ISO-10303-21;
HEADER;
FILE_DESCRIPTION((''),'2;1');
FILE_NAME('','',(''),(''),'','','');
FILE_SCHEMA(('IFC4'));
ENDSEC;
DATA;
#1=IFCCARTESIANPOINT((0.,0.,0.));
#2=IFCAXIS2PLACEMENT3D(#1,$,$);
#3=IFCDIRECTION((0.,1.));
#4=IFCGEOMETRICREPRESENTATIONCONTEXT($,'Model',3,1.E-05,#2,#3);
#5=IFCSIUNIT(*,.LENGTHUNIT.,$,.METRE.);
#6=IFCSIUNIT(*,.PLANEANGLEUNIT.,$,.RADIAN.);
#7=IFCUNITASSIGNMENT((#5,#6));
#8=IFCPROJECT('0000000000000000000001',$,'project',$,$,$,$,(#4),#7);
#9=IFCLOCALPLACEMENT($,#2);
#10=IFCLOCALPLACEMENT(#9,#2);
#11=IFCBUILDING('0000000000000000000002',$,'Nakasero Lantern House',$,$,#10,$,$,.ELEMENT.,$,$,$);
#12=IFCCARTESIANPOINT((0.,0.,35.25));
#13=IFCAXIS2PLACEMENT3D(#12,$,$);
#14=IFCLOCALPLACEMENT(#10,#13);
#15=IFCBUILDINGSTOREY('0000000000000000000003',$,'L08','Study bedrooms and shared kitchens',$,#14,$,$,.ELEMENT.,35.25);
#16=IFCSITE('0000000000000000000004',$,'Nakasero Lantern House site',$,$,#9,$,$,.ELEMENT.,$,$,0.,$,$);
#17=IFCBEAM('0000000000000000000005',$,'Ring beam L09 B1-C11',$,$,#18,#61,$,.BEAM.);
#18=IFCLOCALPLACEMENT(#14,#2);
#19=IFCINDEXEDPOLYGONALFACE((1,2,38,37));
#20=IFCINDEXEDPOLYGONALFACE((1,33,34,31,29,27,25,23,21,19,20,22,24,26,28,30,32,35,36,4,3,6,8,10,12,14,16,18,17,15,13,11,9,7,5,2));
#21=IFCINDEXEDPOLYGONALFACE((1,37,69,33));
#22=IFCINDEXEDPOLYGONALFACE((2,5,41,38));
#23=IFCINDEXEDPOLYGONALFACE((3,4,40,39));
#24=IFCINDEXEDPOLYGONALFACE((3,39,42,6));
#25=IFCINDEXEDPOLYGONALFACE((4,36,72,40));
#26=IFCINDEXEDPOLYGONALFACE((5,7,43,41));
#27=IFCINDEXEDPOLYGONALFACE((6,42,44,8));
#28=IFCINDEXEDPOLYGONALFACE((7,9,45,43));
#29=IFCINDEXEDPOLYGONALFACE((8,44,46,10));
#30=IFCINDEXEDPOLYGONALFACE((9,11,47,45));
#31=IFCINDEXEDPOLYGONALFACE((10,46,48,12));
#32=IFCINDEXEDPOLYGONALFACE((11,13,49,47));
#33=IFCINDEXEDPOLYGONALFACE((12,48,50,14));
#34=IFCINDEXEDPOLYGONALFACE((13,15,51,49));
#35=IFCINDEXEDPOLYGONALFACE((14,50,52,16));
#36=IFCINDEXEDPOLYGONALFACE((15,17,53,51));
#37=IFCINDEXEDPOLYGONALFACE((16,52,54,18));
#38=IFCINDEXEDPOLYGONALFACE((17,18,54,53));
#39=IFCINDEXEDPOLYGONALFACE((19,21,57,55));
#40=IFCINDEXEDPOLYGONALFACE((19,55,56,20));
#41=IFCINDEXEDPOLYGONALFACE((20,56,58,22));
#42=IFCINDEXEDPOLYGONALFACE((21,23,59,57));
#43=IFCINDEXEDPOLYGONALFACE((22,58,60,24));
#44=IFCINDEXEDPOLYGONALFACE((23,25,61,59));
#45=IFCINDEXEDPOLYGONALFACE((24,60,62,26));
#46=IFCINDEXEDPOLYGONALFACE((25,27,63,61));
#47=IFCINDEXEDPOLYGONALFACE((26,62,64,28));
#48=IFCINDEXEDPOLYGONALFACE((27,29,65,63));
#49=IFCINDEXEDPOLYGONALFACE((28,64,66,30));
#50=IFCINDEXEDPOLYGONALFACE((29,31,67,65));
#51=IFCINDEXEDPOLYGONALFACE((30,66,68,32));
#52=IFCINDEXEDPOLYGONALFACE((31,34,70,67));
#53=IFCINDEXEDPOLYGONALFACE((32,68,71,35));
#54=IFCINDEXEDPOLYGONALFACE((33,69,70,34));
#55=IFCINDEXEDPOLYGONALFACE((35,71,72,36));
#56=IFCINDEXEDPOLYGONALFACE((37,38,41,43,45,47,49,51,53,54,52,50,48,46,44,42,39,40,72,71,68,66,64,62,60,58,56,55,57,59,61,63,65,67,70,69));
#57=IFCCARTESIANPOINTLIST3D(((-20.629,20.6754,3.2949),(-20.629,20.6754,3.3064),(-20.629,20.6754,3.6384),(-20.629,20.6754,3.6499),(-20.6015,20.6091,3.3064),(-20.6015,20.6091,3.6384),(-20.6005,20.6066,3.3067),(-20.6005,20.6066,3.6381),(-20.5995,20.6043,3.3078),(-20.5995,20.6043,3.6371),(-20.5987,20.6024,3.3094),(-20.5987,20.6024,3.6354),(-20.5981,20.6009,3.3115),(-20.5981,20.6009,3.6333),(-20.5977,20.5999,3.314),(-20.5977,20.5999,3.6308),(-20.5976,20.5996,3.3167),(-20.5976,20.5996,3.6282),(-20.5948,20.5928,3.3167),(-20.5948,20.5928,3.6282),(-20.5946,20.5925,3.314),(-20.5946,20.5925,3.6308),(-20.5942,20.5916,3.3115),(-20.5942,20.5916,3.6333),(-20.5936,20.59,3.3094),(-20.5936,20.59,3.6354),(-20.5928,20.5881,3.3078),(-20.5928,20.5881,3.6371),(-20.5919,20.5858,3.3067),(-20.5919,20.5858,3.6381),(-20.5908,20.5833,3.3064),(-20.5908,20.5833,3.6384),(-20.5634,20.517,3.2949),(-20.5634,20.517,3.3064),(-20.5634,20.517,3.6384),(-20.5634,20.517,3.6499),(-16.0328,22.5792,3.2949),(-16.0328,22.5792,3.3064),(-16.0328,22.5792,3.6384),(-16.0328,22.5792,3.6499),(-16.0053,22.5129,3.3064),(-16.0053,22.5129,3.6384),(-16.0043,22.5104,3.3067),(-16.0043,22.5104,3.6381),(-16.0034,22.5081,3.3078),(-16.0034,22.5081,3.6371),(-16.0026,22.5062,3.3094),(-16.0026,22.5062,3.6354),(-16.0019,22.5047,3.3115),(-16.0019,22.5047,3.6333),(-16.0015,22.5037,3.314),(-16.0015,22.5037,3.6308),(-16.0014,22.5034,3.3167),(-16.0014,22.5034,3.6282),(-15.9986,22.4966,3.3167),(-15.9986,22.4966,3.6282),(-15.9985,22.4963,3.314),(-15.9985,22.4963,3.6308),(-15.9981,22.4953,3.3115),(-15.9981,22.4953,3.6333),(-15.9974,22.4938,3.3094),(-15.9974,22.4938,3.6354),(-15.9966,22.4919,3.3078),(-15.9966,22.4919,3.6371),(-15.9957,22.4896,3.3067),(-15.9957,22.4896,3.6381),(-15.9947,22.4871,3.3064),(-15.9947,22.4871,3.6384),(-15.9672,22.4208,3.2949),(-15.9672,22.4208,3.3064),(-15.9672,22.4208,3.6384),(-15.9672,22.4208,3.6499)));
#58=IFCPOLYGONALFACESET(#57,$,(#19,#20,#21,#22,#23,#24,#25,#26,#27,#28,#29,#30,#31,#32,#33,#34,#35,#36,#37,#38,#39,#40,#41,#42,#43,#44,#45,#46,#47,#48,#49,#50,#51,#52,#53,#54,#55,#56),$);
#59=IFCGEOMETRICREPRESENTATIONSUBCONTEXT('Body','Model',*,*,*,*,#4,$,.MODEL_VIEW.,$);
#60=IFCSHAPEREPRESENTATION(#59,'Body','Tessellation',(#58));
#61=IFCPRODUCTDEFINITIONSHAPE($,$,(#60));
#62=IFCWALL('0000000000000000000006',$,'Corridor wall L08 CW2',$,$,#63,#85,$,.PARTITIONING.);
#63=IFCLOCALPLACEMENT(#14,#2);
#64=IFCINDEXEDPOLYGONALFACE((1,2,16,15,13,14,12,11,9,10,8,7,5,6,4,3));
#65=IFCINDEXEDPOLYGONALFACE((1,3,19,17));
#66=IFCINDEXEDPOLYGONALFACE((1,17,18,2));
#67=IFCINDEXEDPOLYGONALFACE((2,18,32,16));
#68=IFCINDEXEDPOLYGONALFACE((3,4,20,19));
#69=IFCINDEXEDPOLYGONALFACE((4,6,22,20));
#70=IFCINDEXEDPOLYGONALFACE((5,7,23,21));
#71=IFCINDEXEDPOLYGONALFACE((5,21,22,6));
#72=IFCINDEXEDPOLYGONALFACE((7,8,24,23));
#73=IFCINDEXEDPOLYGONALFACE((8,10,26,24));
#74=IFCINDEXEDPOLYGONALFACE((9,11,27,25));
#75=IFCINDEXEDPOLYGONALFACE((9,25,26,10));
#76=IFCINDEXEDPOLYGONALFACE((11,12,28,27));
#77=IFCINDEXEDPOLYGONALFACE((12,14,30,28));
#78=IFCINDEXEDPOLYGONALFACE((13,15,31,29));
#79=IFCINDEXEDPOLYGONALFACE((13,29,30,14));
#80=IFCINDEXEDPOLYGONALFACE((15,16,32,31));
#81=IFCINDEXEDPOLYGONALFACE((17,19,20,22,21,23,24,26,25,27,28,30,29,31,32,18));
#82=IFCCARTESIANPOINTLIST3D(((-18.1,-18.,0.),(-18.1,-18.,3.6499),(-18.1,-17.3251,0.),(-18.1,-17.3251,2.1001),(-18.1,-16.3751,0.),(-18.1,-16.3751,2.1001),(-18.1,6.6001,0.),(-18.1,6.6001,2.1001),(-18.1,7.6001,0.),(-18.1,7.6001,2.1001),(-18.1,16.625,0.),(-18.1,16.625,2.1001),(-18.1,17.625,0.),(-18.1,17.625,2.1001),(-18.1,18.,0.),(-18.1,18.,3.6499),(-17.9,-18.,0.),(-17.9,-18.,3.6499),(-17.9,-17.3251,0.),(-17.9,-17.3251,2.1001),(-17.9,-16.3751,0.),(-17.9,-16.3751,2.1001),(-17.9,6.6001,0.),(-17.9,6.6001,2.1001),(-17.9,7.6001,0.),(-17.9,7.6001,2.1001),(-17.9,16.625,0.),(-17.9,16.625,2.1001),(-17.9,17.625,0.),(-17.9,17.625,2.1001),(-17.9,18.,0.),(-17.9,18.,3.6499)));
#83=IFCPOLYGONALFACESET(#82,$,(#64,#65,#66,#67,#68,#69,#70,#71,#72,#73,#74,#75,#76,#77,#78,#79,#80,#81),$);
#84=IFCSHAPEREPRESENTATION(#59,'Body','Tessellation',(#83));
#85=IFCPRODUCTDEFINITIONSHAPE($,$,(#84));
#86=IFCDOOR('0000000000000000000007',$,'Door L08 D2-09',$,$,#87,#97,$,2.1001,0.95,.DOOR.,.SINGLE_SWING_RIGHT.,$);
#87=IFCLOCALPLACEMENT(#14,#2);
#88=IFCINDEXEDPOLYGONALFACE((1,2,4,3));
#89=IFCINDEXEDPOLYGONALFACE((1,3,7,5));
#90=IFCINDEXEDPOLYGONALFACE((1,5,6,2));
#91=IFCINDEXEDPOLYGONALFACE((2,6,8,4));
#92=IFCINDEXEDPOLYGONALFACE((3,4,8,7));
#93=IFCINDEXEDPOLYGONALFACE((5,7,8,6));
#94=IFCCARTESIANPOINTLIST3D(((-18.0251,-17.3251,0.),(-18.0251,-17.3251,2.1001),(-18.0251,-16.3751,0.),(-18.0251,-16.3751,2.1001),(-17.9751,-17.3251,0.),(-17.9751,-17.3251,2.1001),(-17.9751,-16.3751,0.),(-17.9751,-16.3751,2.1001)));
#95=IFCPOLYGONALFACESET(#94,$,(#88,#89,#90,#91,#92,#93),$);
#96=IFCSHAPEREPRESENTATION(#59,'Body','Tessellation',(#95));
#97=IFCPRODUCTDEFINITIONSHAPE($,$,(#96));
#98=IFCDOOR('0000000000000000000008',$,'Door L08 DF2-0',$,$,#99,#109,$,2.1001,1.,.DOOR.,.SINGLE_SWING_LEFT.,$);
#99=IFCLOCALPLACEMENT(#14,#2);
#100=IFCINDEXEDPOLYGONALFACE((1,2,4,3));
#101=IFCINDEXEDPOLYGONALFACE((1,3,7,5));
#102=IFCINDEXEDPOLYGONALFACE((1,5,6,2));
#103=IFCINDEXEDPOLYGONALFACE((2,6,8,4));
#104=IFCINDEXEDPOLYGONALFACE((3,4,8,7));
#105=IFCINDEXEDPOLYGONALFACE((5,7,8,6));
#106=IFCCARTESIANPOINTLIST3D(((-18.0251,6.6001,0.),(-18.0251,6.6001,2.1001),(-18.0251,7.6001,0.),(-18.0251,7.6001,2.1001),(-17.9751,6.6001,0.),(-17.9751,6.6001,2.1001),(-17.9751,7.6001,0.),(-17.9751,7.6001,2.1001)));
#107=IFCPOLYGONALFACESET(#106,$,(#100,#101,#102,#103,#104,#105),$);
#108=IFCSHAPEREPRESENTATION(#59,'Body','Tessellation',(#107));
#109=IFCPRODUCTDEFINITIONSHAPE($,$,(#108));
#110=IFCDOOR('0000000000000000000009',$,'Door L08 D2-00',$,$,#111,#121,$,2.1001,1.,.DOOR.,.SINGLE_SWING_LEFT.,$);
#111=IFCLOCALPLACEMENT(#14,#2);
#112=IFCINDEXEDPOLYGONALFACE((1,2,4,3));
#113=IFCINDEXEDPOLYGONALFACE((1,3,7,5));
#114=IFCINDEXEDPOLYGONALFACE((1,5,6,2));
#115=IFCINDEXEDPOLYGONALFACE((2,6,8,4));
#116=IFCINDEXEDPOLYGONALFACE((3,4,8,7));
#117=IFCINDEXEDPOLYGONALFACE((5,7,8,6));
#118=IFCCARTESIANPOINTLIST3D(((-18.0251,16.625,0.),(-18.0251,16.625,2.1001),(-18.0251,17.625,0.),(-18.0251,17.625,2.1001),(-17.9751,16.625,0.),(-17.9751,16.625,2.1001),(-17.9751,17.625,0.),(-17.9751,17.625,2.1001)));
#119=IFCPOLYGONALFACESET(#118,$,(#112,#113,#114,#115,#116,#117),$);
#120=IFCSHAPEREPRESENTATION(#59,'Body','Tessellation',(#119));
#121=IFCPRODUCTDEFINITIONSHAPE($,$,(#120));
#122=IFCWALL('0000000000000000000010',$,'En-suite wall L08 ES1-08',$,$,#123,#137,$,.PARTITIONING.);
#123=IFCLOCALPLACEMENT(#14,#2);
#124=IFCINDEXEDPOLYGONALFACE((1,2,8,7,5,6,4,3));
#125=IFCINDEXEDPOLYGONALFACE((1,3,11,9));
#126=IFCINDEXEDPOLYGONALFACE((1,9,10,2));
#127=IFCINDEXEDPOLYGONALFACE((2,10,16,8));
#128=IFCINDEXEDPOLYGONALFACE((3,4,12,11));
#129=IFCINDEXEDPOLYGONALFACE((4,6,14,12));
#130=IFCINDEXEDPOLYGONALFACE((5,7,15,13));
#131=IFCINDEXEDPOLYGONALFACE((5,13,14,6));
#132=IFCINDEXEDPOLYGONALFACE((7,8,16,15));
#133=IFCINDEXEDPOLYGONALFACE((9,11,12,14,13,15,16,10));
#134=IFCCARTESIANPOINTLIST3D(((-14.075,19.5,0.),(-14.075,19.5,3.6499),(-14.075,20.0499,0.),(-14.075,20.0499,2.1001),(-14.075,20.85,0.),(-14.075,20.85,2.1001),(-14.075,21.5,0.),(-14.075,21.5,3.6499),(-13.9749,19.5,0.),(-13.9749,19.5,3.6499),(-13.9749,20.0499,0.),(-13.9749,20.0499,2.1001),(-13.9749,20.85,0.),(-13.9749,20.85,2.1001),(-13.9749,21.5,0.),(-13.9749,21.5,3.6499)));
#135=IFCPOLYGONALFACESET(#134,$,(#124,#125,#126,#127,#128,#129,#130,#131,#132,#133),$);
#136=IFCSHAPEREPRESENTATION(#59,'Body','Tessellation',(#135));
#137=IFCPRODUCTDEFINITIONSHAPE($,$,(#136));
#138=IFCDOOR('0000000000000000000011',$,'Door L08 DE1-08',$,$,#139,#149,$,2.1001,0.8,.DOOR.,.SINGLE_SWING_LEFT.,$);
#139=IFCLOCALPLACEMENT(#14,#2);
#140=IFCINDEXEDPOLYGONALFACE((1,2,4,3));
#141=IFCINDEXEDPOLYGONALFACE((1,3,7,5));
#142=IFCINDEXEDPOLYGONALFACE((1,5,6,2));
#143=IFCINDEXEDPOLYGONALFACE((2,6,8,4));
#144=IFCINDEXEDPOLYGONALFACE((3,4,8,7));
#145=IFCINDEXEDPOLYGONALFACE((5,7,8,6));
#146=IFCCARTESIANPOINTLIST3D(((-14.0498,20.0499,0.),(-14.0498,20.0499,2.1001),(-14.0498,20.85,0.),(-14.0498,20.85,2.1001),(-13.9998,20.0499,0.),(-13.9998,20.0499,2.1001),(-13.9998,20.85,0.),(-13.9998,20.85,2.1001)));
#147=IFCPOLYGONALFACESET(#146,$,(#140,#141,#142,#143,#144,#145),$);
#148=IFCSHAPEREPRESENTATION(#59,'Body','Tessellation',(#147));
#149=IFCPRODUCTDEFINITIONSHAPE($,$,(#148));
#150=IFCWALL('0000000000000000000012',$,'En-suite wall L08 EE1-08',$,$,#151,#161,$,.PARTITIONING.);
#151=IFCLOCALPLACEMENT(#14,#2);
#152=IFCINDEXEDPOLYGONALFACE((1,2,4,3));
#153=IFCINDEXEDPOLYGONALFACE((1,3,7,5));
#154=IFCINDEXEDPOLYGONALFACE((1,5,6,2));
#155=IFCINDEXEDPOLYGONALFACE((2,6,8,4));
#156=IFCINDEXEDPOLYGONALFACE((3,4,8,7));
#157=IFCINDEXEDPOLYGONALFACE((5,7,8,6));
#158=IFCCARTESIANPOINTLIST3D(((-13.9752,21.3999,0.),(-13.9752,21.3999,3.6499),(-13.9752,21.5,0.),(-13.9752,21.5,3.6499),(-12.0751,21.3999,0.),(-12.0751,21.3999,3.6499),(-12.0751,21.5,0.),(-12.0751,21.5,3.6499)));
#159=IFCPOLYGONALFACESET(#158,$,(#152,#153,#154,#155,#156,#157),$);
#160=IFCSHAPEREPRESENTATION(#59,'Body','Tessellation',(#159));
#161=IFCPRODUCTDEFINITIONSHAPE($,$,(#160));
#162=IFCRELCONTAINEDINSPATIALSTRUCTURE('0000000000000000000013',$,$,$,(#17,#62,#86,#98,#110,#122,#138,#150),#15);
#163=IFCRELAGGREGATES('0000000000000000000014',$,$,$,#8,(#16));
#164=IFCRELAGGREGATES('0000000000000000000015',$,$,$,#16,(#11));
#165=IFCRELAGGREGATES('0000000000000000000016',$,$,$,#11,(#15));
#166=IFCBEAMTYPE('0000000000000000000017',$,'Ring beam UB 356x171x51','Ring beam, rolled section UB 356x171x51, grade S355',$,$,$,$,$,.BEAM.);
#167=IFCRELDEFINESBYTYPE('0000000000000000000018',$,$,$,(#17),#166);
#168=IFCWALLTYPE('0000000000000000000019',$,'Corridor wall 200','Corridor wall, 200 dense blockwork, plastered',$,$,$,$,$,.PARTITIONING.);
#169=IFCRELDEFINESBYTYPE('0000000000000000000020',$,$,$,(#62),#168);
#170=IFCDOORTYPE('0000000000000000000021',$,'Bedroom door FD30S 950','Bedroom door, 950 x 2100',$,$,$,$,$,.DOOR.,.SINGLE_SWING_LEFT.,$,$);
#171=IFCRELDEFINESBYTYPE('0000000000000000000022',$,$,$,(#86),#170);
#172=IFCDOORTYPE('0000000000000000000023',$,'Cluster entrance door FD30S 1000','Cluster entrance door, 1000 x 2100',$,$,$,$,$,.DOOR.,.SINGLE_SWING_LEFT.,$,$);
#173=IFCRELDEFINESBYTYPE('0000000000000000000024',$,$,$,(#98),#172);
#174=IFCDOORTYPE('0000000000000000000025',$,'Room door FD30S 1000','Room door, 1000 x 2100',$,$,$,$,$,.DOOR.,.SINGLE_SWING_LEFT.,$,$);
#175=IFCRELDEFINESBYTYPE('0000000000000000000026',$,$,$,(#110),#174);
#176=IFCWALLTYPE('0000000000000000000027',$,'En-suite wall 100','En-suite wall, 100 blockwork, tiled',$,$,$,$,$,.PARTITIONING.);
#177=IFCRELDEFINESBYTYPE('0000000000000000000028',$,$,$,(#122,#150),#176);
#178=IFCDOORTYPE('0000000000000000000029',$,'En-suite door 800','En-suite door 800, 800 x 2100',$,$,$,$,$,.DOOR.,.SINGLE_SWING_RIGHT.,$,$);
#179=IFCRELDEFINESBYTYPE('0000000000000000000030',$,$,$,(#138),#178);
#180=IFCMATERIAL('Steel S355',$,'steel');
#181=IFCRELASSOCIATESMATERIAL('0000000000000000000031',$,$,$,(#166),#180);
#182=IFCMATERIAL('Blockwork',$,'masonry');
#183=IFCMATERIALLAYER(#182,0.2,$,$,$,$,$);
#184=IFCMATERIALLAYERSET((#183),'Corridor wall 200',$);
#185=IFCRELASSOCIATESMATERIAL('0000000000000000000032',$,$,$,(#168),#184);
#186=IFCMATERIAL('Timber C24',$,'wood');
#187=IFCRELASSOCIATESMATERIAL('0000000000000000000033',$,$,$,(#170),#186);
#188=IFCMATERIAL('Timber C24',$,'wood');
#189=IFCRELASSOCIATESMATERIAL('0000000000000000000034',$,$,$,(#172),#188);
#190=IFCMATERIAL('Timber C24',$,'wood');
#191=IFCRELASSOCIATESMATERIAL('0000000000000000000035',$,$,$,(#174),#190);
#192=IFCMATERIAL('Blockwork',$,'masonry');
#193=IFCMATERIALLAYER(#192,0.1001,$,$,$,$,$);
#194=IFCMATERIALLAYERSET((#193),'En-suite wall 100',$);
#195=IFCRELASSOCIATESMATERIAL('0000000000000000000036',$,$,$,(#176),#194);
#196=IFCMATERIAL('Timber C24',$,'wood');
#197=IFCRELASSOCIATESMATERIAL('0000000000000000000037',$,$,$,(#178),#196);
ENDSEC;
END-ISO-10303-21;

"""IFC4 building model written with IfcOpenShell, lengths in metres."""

from ifc_helpers import new_model, si_unit, direction, frame, frame_2d, origin, origin_2d, place, context, subcontext, project, spatial, rectangle, i_section, extrude, material, layer, layer_set, material_profile, profile_set, type_object, element, fill, save


model = new_model("IFC4")

# Units and contexts
model_context = context("Model", 3, precision=1e-05, world=origin(), true_north=direction((0.0, 1.0)))
body_context = subcontext(model_context, "Body", "Model", "MODEL_VIEW")
ifc_project = project(units=[si_unit("LENGTHUNIT", "METRE"), si_unit("PLANEANGLEUNIT", "RADIAN")], contexts=[model_context])

# Site, building, storey
site_placement = place(None, origin())
site = spatial("IfcSite", under=ifc_project, at=site_placement, Name="Nakasero Lantern House site", CompositionType="ELEMENT", RefElevation=0.0)
building_placement = place(site_placement, origin())
building = spatial("IfcBuilding", under=site, at=building_placement, Name="Nakasero Lantern House", CompositionType="ELEMENT")
storey_placement = place(building_placement, frame((0.0, 0.0, 35.25)))
storey = spatial("IfcBuildingStorey", under=building, at=storey_placement, Name="L08", Description="Study bedrooms and shared kitchens", CompositionType="ELEMENT", Elevation=35.25)

# Beam
ifc_material_1 = material(Name="Steel S355", Category="steel")
ifc_material_profile_1 = material_profile(ifc_material_1, i_section(OverallWidth=0.1714, OverallDepth=0.355, WebThickness=0.0073, FlangeThickness=0.0115, FilletRadius=0.0103, at=origin_2d()), Name="UB 356x171x51")
ifc_profile_set_1 = profile_set([ifc_material_profile_1], Name="Steel S355")
beam_type_1 = type_object("IfcBeamType", Name="Ring beam UB 356x171x51", Description="Ring beam, rolled section UB 356x171x51, grade S355", PredefinedType="BEAM", material=ifc_profile_set_1)
beam_1_placement = place(storey_placement, frame((-16.0, 22.5, 3.4724), z_axis=(-0.923879, -0.382684, 0.0), x_axis=(0.382684, -0.923879, 0.0)))
element("IfcBeam", 1, at=beam_1_placement, inside=storey, type_object=beam_type_1, Name="Ring beam L09 B1-C11", PredefinedType="BEAM", context=body_context, shape_type="SweptSolid", body=[
    extrude(i_section(OverallWidth=0.1714, OverallDepth=0.355, WebThickness=0.0073, FlangeThickness=0.0115, FilletRadius=0.0103, at=origin_2d()), origin(), (0.0, 0.0, 1.0), 4.9749),
])

# Wall, openings, doors
ifc_material_2 = material(Name="Blockwork", Category="masonry")
ifc_layer_1 = layer(ifc_material_2, 0.2)
ifc_layer_set_1 = layer_set([ifc_layer_1], Name="Corridor wall 200")
wall_type_1 = type_object("IfcWallType", Name="Corridor wall 200", Description="Corridor wall, 200 dense blockwork, plastered", PredefinedType="PARTITIONING", material=ifc_layer_set_1)
wall_1_placement = place(storey_placement, frame((-18.0, 18.0, 0.0), z_axis=(0.0, 0.0, 1.0), x_axis=(0.0, -1.0, 0.0)))
wall_1 = element("IfcWall", 2, at=wall_1_placement, inside=storey, type_object=wall_type_1, Name="Corridor wall L08 CW2", PredefinedType="PARTITIONING", context=body_context, shape_type="SweptSolid", body=[
    extrude(rectangle(XDim=36.0, YDim=0.2, at=frame_2d((18.0, 0.0))), origin(), (0.0, 0.0, 1.0), 3.6499),
])
opening_1_placement = place(wall_1_placement, frame((10.3999, 0.0, 0.0)))
opening_1 = element("IfcOpeningElement", 3, at=opening_1_placement, cuts=wall_1, PredefinedType="OPENING", context=body_context, shape_type="SweptSolid", body=[
    extrude(rectangle(XDim=1.0, YDim=2.1001, at=frame_2d((0.5, 1.05))), frame((0.0, 0.1199, 0.0), z_axis=(0.0, -1.0, 0.0), x_axis=(1.0, 0.0, 0.0)), (0.0, 0.0, 1.0), 0.24),
])
opening_2_placement = place(wall_1_placement, frame((0.375, 0.0, 0.0)))
opening_2 = element("IfcOpeningElement", 4, at=opening_2_placement, cuts=wall_1, PredefinedType="OPENING", context=body_context, shape_type="SweptSolid", body=[
    extrude(rectangle(XDim=1.0, YDim=2.1001, at=frame_2d((0.5, 1.05))), frame((0.0, 0.1199, 0.0), z_axis=(0.0, -1.0, 0.0), x_axis=(1.0, 0.0, 0.0)), (0.0, 0.0, 1.0), 0.24),
])
opening_3_placement = place(wall_1_placement, frame((34.375, 0.0, 0.0)))
opening_3 = element("IfcOpeningElement", 5, at=opening_3_placement, cuts=wall_1, PredefinedType="OPENING", context=body_context, shape_type="SweptSolid", body=[
    extrude(rectangle(XDim=0.95, YDim=2.1001, at=frame_2d((0.4751, 1.05))), frame((0.0, 0.1199, 0.0), z_axis=(0.0, -1.0, 0.0), x_axis=(1.0, 0.0, 0.0)), (0.0, 0.0, 1.0), 0.24),
])
ifc_material_3 = material(Name="Timber C24", Category="wood")
door_type_1 = type_object("IfcDoorType", Name="Bedroom door FD30S 950", Description="Bedroom door, 950 x 2100", OperationType="SINGLE_SWING_LEFT", PredefinedType="DOOR", material=ifc_material_3)
door_1_placement = place(opening_3_placement, origin())
door_1 = element("IfcDoor", 6, at=door_1_placement, inside=storey, type_object=door_type_1, Name="Door L08 D2-09", OperationType="SINGLE_SWING_RIGHT", OverallHeight=2.1001, OverallWidth=0.95, PredefinedType="DOOR", context=body_context, shape_type="SweptSolid", body=[
    extrude(rectangle(XDim=0.95, YDim=2.1001, at=frame_2d((0.4751, 1.05))), frame((0.0, 0.0249, 0.0), z_axis=(0.0, -1.0, 0.0), x_axis=(1.0, 0.0, 0.0)), (0.0, 0.0, 1.0), 0.05),
])
fill(opening_3, door_1)
ifc_material_4 = material(Name="Timber C24", Category="wood")
door_type_2 = type_object("IfcDoorType", Name="Cluster entrance door FD30S 1000", Description="Cluster entrance door, 1000 x 2100", OperationType="SINGLE_SWING_LEFT", PredefinedType="DOOR", material=ifc_material_4)
door_2_placement = place(opening_1_placement, origin())
door_2 = element("IfcDoor", 7, at=door_2_placement, inside=storey, type_object=door_type_2, Name="Door L08 DF2-0", OperationType="SINGLE_SWING_LEFT", OverallHeight=2.1001, OverallWidth=1.0, PredefinedType="DOOR", context=body_context, shape_type="SweptSolid", body=[
    extrude(rectangle(XDim=1.0, YDim=2.1001, at=frame_2d((0.5, 1.05))), frame((0.0, 0.0249, 0.0), z_axis=(0.0, -1.0, 0.0), x_axis=(1.0, 0.0, 0.0)), (0.0, 0.0, 1.0), 0.05),
])
fill(opening_1, door_2)
ifc_material_5 = material(Name="Timber C24", Category="wood")
door_type_3 = type_object("IfcDoorType", Name="Room door FD30S 1000", Description="Room door, 1000 x 2100", OperationType="SINGLE_SWING_LEFT", PredefinedType="DOOR", material=ifc_material_5)
door_3_placement = place(opening_2_placement, origin())
door_3 = element("IfcDoor", 8, at=door_3_placement, inside=storey, type_object=door_type_3, Name="Door L08 D2-00", OperationType="SINGLE_SWING_LEFT", OverallHeight=2.1001, OverallWidth=1.0, PredefinedType="DOOR", context=body_context, shape_type="SweptSolid", body=[
    extrude(rectangle(XDim=1.0, YDim=2.1001, at=frame_2d((0.5, 1.05))), frame((0.0, 0.0249, 0.0), z_axis=(0.0, -1.0, 0.0), x_axis=(1.0, 0.0, 0.0)), (0.0, 0.0, 1.0), 0.05),
])
fill(opening_2, door_3)

# Wall, opening, door
ifc_material_6 = material(Name="Blockwork", Category="masonry")
ifc_layer_2 = layer(ifc_material_6, 0.1001)
ifc_layer_set_2 = layer_set([ifc_layer_2], Name="En-suite wall 100")
wall_type_2 = type_object("IfcWallType", Name="En-suite wall 100", Description="En-suite wall, 100 blockwork, tiled", PredefinedType="PARTITIONING", material=ifc_layer_set_2)
wall_2_placement = place(storey_placement, frame((-14.0249, 19.5, 0.0), z_axis=(0.0, 0.0, 1.0), x_axis=(0.0, 1.0, 0.0)))
wall_2 = element("IfcWall", 9, at=wall_2_placement, inside=storey, type_object=wall_type_2, Name="En-suite wall L08 ES1-08", PredefinedType="PARTITIONING", context=body_context, shape_type="SweptSolid", body=[
    extrude(rectangle(XDim=2.0, YDim=0.1001, at=frame_2d((1.0, 0.0))), origin(), (0.0, 0.0, 1.0), 3.6499),
])
opening_4_placement = place(wall_2_placement, frame((0.55, 0.0, 0.0)))
opening_4 = element("IfcOpeningElement", 10, at=opening_4_placement, cuts=wall_2, PredefinedType="OPENING", context=body_context, shape_type="SweptSolid", body=[
    extrude(rectangle(XDim=0.8, YDim=2.1001, at=frame_2d((0.3999, 1.05))), frame((0.0, 0.0701, 0.0), z_axis=(0.0, -1.0, 0.0), x_axis=(1.0, 0.0, 0.0)), (0.0, 0.0, 1.0), 0.1401),
])
ifc_material_7 = material(Name="Timber C24", Category="wood")
door_type_4 = type_object("IfcDoorType", Name="En-suite door 800", Description="En-suite door 800, 800 x 2100", OperationType="SINGLE_SWING_RIGHT", PredefinedType="DOOR", material=ifc_material_7)
door_4_placement = place(opening_4_placement, origin())
door_4 = element("IfcDoor", 11, at=door_4_placement, inside=storey, type_object=door_type_4, Name="Door L08 DE1-08", OperationType="SINGLE_SWING_LEFT", OverallHeight=2.1001, OverallWidth=0.8, PredefinedType="DOOR", context=body_context, shape_type="SweptSolid", body=[
    extrude(rectangle(XDim=0.8, YDim=2.1001, at=frame_2d((0.3999, 1.05))), frame((0.0, 0.0249, 0.0), z_axis=(0.0, -1.0, 0.0), x_axis=(1.0, 0.0, 0.0)), (0.0, 0.0, 1.0), 0.05),
])
fill(opening_4, door_4)

# Wall
wall_3_placement = place(storey_placement, frame((-12.075, 21.45, 0.0), z_axis=(0.0, 0.0, 1.0), x_axis=(-1.0, 0.0, 0.0)))
element("IfcWall", 12, at=wall_3_placement, inside=storey, type_object=wall_type_2, Name="En-suite wall L08 EE1-08", PredefinedType="PARTITIONING", context=body_context, shape_type="SweptSolid", body=[
    extrude(rectangle(XDim=1.9001, YDim=0.1001, at=frame_2d((0.9502, 0.0))), origin(), (0.0, 0.0, 1.0), 3.6499),
])

save(model, "model.ifc")
